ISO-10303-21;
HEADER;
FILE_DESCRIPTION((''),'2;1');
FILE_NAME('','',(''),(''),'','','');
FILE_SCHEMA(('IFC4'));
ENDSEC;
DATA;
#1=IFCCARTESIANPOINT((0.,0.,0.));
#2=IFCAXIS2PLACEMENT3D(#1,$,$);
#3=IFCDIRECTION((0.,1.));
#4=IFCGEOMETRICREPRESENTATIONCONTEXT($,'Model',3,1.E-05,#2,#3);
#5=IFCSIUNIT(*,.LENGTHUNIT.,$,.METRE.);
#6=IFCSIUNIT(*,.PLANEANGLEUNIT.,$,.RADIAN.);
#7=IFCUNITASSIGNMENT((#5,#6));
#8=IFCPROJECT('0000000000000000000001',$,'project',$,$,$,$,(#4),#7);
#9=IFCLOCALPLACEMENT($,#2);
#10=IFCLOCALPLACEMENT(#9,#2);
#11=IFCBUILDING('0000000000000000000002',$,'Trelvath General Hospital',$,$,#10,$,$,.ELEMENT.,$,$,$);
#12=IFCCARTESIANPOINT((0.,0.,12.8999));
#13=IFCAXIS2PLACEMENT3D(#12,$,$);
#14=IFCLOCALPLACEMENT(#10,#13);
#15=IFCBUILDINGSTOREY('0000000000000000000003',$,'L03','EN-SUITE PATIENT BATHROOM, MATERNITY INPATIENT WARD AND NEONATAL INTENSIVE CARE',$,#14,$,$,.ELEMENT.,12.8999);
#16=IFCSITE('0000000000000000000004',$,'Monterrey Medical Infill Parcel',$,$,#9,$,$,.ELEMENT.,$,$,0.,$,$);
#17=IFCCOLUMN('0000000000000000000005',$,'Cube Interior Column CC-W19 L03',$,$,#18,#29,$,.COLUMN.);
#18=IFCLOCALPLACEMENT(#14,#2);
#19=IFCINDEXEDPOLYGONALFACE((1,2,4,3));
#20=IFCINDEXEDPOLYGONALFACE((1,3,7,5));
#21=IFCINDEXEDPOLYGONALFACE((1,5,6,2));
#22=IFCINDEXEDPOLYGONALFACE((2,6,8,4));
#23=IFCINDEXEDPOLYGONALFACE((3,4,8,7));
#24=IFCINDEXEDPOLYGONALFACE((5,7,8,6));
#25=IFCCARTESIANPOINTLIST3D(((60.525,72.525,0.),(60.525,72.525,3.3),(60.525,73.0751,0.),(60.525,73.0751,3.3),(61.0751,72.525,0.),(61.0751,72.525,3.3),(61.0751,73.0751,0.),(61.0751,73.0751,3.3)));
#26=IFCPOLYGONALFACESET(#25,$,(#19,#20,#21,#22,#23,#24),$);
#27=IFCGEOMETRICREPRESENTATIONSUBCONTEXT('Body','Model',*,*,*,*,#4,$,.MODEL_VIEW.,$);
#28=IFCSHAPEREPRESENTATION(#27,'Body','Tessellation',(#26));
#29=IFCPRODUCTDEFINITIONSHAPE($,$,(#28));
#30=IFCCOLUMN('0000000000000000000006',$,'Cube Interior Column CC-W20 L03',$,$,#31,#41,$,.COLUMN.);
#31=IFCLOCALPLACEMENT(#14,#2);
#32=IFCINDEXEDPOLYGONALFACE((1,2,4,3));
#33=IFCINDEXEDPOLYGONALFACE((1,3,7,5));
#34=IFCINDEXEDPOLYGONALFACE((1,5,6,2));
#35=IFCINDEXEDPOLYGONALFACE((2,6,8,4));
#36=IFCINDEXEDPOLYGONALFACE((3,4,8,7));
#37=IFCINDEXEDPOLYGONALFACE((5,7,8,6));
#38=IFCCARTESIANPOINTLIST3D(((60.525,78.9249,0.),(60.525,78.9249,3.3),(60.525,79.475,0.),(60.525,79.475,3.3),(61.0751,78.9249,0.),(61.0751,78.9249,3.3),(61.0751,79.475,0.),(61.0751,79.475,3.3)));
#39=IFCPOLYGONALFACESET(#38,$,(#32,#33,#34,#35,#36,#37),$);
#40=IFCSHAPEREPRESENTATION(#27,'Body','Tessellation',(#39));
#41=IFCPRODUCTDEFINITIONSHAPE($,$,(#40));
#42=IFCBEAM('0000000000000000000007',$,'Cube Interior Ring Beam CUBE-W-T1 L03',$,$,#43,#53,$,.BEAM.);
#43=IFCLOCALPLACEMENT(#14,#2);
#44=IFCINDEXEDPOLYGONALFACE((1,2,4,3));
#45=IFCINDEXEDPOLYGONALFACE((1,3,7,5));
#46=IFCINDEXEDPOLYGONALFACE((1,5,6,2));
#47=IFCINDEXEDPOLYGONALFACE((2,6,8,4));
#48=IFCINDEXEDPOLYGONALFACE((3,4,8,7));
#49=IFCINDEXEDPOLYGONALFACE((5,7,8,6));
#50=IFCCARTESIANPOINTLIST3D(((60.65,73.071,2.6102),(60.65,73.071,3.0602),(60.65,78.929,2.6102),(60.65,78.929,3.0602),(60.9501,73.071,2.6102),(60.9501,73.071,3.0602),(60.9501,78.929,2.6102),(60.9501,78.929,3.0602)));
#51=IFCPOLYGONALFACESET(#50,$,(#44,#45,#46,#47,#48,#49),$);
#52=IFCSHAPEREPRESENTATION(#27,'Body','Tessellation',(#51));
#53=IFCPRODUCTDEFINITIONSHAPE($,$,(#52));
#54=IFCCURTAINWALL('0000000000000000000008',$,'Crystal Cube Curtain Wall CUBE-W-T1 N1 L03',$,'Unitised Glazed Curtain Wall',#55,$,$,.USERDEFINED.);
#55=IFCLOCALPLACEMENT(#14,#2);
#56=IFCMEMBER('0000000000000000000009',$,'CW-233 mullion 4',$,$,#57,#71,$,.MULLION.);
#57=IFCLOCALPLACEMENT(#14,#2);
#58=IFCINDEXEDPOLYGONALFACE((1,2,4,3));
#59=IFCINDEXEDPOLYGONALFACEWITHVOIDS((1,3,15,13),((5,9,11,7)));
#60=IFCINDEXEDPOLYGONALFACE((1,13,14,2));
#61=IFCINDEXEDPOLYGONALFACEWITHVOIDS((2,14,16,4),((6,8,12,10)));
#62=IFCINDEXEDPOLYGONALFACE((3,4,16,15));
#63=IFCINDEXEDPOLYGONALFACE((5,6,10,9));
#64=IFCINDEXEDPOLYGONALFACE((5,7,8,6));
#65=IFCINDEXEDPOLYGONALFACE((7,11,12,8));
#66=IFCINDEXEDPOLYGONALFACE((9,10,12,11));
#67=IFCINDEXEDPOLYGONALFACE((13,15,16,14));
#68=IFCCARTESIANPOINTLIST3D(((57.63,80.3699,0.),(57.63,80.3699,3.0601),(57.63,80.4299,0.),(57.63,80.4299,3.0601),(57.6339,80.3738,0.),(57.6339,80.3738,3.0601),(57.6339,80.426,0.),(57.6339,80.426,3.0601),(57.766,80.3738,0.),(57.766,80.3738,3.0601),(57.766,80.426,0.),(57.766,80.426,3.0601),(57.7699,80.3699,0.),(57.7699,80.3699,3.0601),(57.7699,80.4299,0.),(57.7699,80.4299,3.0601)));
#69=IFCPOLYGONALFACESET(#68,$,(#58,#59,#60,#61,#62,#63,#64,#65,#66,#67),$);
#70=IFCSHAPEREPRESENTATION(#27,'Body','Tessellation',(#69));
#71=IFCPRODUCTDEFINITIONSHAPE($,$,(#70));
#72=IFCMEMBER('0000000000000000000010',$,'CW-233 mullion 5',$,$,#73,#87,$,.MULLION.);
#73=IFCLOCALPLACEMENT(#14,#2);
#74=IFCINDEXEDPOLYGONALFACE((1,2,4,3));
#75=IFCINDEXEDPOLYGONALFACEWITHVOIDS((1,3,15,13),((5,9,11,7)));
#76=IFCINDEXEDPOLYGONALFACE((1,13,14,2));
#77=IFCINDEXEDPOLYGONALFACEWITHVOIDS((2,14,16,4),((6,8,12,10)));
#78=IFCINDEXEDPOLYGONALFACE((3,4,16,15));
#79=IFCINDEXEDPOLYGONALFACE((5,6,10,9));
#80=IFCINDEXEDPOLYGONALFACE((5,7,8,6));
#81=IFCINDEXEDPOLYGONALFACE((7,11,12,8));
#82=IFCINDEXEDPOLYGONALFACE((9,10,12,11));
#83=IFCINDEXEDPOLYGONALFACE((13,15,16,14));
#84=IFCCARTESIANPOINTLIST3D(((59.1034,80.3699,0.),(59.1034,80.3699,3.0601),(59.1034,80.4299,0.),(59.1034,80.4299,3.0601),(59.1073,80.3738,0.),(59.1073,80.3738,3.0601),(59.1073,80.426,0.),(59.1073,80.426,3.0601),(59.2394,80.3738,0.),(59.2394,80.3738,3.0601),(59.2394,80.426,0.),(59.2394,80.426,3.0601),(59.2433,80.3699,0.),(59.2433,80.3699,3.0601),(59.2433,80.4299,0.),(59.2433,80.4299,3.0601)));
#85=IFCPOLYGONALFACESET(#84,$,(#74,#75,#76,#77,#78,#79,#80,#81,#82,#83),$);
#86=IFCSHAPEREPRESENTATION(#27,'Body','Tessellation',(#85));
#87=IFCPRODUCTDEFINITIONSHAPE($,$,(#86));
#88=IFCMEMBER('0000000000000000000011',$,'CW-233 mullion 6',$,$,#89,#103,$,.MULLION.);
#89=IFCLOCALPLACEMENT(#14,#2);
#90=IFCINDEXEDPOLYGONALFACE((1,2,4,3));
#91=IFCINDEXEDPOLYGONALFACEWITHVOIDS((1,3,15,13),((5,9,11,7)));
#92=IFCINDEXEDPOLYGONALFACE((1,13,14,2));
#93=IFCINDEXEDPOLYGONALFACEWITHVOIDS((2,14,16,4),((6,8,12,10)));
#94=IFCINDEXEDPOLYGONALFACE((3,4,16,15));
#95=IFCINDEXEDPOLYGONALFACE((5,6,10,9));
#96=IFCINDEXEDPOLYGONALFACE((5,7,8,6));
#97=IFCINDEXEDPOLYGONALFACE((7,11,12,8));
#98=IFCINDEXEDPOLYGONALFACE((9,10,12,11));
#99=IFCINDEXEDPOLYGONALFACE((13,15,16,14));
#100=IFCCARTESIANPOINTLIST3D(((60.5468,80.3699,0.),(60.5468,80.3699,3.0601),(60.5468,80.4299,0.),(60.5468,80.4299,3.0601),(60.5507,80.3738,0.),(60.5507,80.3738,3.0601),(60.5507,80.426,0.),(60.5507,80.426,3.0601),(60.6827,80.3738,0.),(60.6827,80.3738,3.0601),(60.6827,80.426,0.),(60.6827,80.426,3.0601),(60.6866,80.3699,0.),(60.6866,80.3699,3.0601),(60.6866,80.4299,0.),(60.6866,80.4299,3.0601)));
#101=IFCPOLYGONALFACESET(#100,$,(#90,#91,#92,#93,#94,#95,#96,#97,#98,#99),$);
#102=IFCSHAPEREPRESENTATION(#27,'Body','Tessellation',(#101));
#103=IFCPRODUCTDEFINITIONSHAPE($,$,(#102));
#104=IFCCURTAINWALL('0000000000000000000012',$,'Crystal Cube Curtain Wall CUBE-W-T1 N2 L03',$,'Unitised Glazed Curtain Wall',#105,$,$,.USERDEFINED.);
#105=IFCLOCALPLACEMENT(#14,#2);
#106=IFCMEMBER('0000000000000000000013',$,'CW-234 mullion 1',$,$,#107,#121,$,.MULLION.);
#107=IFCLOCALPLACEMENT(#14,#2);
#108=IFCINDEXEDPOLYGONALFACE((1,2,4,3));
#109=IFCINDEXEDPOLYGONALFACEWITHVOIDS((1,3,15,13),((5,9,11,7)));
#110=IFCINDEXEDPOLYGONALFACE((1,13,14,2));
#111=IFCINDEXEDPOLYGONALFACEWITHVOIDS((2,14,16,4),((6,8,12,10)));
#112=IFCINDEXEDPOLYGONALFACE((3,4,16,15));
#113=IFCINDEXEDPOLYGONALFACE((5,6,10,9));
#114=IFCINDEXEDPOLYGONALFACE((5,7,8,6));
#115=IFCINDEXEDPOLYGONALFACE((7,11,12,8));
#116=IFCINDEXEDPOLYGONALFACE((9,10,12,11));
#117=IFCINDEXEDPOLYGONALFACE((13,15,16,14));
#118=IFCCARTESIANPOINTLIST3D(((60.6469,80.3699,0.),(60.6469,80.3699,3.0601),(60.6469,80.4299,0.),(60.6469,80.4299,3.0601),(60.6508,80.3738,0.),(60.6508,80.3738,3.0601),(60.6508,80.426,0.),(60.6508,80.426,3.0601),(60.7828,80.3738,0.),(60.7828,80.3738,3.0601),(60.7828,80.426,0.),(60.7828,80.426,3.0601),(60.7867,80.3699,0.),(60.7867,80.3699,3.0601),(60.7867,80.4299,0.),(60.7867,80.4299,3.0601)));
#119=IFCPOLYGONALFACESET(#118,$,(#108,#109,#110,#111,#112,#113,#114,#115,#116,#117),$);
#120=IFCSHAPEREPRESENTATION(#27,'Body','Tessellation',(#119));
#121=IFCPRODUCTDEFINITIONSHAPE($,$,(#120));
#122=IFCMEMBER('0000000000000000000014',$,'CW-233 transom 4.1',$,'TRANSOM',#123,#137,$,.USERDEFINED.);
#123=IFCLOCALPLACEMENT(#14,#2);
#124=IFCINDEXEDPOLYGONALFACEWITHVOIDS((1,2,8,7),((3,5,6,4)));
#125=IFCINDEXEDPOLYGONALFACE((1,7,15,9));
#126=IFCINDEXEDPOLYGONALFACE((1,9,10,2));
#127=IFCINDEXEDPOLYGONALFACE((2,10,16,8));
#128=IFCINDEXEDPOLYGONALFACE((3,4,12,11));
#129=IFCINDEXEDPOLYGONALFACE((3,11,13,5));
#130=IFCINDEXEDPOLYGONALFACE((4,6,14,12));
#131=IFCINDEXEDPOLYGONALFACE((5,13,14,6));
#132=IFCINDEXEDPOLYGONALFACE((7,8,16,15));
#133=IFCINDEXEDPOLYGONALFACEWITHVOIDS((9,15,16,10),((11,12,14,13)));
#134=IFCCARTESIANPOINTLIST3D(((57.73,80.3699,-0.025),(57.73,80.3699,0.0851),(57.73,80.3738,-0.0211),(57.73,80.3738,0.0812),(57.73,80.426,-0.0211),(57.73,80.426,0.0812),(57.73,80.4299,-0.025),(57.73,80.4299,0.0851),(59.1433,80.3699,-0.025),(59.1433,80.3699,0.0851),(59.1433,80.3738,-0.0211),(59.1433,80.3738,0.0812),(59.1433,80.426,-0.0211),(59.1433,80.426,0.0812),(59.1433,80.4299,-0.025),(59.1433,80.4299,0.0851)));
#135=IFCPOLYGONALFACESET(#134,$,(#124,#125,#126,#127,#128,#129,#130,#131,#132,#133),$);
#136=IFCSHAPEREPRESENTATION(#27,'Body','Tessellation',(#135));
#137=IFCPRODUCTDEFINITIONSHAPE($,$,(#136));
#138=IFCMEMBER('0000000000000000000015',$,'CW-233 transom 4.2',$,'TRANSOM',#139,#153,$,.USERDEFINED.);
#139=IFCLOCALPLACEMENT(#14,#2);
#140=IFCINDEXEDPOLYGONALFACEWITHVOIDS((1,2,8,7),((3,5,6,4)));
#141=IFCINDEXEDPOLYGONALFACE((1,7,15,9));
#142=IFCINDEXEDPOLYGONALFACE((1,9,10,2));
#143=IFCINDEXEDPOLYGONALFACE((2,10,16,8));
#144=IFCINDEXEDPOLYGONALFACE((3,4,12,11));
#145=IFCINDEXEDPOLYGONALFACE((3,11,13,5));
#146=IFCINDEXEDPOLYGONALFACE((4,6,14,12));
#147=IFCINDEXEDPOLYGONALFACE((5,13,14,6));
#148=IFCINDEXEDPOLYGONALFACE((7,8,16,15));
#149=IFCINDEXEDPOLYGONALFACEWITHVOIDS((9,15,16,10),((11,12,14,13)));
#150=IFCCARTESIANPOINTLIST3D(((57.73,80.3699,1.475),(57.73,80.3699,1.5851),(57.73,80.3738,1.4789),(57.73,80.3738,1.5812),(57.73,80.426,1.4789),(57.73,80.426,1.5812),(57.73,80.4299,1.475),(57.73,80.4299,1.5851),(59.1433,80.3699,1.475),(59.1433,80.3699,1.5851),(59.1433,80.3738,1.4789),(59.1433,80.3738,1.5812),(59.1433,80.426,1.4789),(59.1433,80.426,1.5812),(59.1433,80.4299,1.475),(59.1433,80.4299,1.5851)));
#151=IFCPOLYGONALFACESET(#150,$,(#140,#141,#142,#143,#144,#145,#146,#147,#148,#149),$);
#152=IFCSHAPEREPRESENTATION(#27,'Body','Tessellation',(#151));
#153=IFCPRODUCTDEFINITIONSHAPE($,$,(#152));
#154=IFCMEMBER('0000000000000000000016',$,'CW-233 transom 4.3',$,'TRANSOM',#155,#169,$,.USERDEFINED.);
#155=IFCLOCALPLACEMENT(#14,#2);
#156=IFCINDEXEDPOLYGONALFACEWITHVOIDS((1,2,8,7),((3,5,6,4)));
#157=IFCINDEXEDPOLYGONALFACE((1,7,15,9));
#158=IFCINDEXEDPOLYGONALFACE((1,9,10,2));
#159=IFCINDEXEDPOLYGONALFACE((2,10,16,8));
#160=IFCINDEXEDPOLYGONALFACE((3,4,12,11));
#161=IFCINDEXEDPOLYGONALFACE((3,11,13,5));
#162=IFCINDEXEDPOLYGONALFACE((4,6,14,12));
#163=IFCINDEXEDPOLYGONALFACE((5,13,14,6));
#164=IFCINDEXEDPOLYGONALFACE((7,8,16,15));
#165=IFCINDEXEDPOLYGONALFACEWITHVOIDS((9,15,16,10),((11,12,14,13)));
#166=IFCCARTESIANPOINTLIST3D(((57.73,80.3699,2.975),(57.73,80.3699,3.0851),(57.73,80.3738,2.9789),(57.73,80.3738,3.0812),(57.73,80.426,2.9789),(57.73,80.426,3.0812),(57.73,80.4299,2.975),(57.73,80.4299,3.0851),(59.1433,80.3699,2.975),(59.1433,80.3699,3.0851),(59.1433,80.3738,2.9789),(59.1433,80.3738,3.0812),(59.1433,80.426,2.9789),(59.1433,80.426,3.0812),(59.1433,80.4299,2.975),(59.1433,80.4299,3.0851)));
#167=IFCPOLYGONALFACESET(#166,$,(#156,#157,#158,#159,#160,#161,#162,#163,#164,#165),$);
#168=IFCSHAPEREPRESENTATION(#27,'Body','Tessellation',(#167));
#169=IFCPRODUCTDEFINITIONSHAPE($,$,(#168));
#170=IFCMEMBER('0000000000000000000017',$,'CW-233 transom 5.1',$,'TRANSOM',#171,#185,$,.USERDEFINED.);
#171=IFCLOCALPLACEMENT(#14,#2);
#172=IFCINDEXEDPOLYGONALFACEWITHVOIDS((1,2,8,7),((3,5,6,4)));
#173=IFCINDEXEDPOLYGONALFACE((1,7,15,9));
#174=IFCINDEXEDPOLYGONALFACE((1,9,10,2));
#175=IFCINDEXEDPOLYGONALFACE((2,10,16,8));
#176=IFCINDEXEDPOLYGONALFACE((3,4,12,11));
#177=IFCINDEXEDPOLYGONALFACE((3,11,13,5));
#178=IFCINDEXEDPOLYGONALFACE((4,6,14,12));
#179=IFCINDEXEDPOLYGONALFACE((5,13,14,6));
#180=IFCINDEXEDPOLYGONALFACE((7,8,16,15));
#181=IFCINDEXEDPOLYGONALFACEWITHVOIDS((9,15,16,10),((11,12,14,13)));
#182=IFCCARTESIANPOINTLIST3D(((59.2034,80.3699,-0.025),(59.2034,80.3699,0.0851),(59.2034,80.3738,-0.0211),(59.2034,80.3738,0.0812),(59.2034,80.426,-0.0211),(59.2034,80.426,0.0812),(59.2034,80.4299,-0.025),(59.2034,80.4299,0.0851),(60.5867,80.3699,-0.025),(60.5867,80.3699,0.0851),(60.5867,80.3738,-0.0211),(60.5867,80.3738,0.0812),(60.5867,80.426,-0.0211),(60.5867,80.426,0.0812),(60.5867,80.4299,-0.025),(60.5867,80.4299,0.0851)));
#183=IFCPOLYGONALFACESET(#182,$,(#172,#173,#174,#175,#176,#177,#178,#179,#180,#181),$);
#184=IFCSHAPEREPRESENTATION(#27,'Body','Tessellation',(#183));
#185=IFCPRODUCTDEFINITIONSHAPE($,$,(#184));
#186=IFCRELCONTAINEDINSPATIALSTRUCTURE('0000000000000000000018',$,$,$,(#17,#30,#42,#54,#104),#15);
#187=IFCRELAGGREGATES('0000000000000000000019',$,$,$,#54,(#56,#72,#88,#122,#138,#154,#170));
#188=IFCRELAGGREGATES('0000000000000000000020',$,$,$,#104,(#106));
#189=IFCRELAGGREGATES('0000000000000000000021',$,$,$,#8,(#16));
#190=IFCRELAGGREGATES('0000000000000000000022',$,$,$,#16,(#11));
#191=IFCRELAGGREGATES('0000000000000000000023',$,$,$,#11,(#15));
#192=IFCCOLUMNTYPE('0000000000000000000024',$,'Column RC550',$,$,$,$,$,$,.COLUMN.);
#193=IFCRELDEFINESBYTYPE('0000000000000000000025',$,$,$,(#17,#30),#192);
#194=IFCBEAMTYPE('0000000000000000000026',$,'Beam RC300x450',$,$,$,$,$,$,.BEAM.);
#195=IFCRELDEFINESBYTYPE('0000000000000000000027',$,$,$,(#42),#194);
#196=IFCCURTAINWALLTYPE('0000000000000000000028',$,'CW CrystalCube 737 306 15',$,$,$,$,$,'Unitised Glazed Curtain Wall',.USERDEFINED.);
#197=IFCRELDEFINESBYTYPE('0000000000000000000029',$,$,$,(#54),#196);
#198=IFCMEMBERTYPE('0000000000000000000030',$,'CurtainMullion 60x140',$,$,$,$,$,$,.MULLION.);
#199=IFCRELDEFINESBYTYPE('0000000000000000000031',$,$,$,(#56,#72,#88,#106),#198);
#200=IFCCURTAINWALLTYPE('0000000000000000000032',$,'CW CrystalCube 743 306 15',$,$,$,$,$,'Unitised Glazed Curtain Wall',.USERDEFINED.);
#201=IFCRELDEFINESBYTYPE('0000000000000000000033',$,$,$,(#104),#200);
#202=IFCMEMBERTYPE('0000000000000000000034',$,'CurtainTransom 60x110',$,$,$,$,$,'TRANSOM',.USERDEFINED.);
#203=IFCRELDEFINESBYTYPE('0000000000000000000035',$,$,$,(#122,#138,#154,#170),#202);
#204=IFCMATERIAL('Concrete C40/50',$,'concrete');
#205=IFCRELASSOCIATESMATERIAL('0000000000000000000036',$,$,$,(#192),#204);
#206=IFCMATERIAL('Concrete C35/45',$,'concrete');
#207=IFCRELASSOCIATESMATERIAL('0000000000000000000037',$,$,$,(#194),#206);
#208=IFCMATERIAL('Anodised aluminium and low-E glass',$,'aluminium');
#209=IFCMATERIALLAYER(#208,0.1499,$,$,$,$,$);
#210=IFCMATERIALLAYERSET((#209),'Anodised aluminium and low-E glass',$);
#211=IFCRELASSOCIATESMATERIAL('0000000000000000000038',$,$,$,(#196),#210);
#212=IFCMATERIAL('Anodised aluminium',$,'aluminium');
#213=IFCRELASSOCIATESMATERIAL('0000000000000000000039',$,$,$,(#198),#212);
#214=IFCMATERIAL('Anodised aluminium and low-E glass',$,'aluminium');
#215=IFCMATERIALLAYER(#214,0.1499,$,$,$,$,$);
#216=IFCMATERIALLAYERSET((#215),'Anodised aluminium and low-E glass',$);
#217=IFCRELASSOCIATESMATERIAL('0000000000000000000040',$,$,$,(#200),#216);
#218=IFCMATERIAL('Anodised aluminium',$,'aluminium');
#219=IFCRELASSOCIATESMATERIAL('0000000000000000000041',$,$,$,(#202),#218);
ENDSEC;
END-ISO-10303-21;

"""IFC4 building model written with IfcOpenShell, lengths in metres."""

from ifc_helpers import new_model, si_unit, direction, frame, origin, origin_2d, place, context, subcontext, project, spatial, rectangle, hollow_rectangle, extrude, material, layer, layer_set, material_profile, profile_set, type_object, element, aggregate, save


model = new_model("IFC4")

# Units and contexts
model_context = context("Model", 3, precision=1e-05, world=origin(), true_north=direction((0.0, 1.0)))
body_context = subcontext(model_context, "Body", "Model", "MODEL_VIEW")
ifc_project = project(units=[si_unit("LENGTHUNIT", "METRE"), si_unit("PLANEANGLEUNIT", "RADIAN")], contexts=[model_context])

# Site, building, storey
site_placement = place(None, origin())
site = spatial("IfcSite", under=ifc_project, at=site_placement, Name="Monterrey Medical Infill Parcel", CompositionType="ELEMENT", RefElevation=0.0)
building_placement = place(site_placement, origin())
building = spatial("IfcBuilding", under=site, at=building_placement, Name="Trelvath General Hospital", CompositionType="ELEMENT")
storey_placement = place(building_placement, frame((0.0, 0.0, 12.8999)))
storey = spatial("IfcBuildingStorey", under=building, at=storey_placement, Name="L03", Description="EN-SUITE PATIENT BATHROOM, MATERNITY INPATIENT WARD AND NEONATAL INTENSIVE CARE", CompositionType="ELEMENT", Elevation=12.8999)

# Columns
ifc_material_1 = material(Name="Concrete C40/50", Category="concrete")
ifc_material_profile_1 = material_profile(ifc_material_1, rectangle(XDim=0.55, YDim=0.55, at=origin_2d()), Name="RC550x550")
ifc_profile_set_1 = profile_set([ifc_material_profile_1], Name="Concrete C40/50")
column_type = type_object("IfcColumnType", Name="Column RC550", PredefinedType="COLUMN", material=ifc_profile_set_1)
for number, where, z_axis, x_axis, name in (
    (1, (60.8, 72.8, 0.0), (0.0, 0.0, 1.0), (1.0, 0.0, 0.0), "Cube Interior Column CC-W19 L03"),
    (2, (60.8, 79.2, 0.0), (0.0, 0.0, 1.0), (1.0, 0.0, 0.0), "Cube Interior Column CC-W20 L03"),
):
    element("IfcColumn", number, at=place(storey_placement, frame(where, z_axis=z_axis, x_axis=x_axis)), inside=storey, type_object=column_type, Name=name, PredefinedType="COLUMN", context=body_context, shape_type="SweptSolid", body=[
        extrude(rectangle(XDim=0.55, YDim=0.55, at=origin_2d()), origin(), (0.0, 0.0, 1.0), 3.3),
    ])

# Beam
ifc_material_2 = material(Name="Concrete C35/45", Category="concrete")
ifc_material_profile_2 = material_profile(ifc_material_2, rectangle(XDim=0.3, YDim=0.45, at=origin_2d()), Name="RCB300x450")
ifc_profile_set_2 = profile_set([ifc_material_profile_2], Name="Concrete C35/45")
beam_type = type_object("IfcBeamType", Name="Beam RC300x450", PredefinedType="BEAM", material=ifc_profile_set_2)
beam_placement = place(storey_placement, frame((60.8, 73.071, 2.8352), z_axis=(0.0, 1.0, 0.0), x_axis=(-1.0, 0.0, 0.0)))
element("IfcBeam", 3, at=beam_placement, inside=storey, type_object=beam_type, Name="Cube Interior Ring Beam CUBE-W-T1 L03", PredefinedType="BEAM", context=body_context, shape_type="SweptSolid", body=[
    extrude(rectangle(XDim=0.3, YDim=0.45, at=origin_2d()), origin(), (0.0, 0.0, 1.0), 5.8579),
])

# Curtain wall, members
ifc_material_3 = material(Name="Anodised aluminium and low-E glass", Category="aluminium")
ifc_layer_1 = layer(ifc_material_3, 0.1499)
ifc_layer_set_1 = layer_set([ifc_layer_1], Name="Anodised aluminium and low-E glass")
curtain_wall_type_1 = type_object("IfcCurtainWallType", Name="CW CrystalCube 737 306 15", ElementType="Unitised Glazed Curtain Wall", PredefinedType="USERDEFINED", material=ifc_layer_set_1)
curtain_wall_1_placement = place(storey_placement, origin())
curtain_wall_1 = element("IfcCurtainWall", 4, at=curtain_wall_1_placement, inside=storey, type_object=curtain_wall_type_1, Name="Crystal Cube Curtain Wall CUBE-W-T1 N1 L03", ObjectType="Unitised Glazed Curtain Wall", PredefinedType="USERDEFINED")
ifc_material_4 = material(Name="Anodised aluminium", Category="aluminium")
ifc_material_profile_3 = material_profile(ifc_material_4, hollow_rectangle(XDim=0.0601, YDim=0.1399, WallThickness=0.0039, at=origin_2d()), Name="RHS60x140x4")
ifc_profile_set_3 = profile_set([ifc_material_profile_3], Name="Anodised aluminium")
member_type_1 = type_object("IfcMemberType", Name="CurtainMullion 60x140", PredefinedType="MULLION", material=ifc_profile_set_3)
member_1_placement = place(storey_placement, frame((57.7, 80.3999, 0.0), z_axis=(0.0, 0.0, 1.0), x_axis=(0.0, 1.0, 0.0)))
member_1 = element("IfcMember", 5, at=member_1_placement, type_object=member_type_1, Name="CW-233 mullion 4", PredefinedType="MULLION", context=body_context, shape_type="SweptSolid", body=[
    extrude(hollow_rectangle(XDim=0.0601, YDim=0.1399, WallThickness=0.0039, at=origin_2d()), origin(), (0.0, 0.0, 1.0), 3.0601),
])
member_2_placement = place(storey_placement, frame((59.1733, 80.3999, 0.0), z_axis=(0.0, 0.0, 1.0), x_axis=(0.0, 1.0, 0.0)))
member_2 = element("IfcMember", 6, at=member_2_placement, type_object=member_type_1, Name="CW-233 mullion 5", PredefinedType="MULLION", context=body_context, shape_type="SweptSolid", body=[
    extrude(hollow_rectangle(XDim=0.0601, YDim=0.1399, WallThickness=0.0039, at=origin_2d()), origin(), (0.0, 0.0, 1.0), 3.0601),
])
member_3_placement = place(storey_placement, frame((60.6167, 80.3999, 0.0), z_axis=(0.0, 0.0, 1.0), x_axis=(0.0, 1.0, 0.0)))
member_3 = element("IfcMember", 7, at=member_3_placement, type_object=member_type_1, Name="CW-233 mullion 6", PredefinedType="MULLION", context=body_context, shape_type="SweptSolid", body=[
    extrude(hollow_rectangle(XDim=0.0601, YDim=0.1399, WallThickness=0.0039, at=origin_2d()), origin(), (0.0, 0.0, 1.0), 3.0601),
])

# Curtain wall, member
ifc_material_5 = material(Name="Anodised aluminium and low-E glass", Category="aluminium")
ifc_layer_2 = layer(ifc_material_5, 0.1499)
ifc_layer_set_2 = layer_set([ifc_layer_2], Name="Anodised aluminium and low-E glass")
curtain_wall_type_2 = type_object("IfcCurtainWallType", Name="CW CrystalCube 743 306 15", ElementType="Unitised Glazed Curtain Wall", PredefinedType="USERDEFINED", material=ifc_layer_set_2)
curtain_wall_2_placement = place(storey_placement, origin())
curtain_wall_2 = element("IfcCurtainWall", 8, at=curtain_wall_2_placement, inside=storey, type_object=curtain_wall_type_2, Name="Crystal Cube Curtain Wall CUBE-W-T1 N2 L03", ObjectType="Unitised Glazed Curtain Wall", PredefinedType="USERDEFINED")
member_4_placement = place(storey_placement, frame((60.7168, 80.3999, 0.0), z_axis=(0.0, 0.0, 1.0), x_axis=(0.0, 1.0, 0.0)))
member_4 = element("IfcMember", 9, at=member_4_placement, type_object=member_type_1, Name="CW-234 mullion 1", PredefinedType="MULLION", context=body_context, shape_type="SweptSolid", body=[
    extrude(hollow_rectangle(XDim=0.0601, YDim=0.1399, WallThickness=0.0039, at=origin_2d()), origin(), (0.0, 0.0, 1.0), 3.0601),
])

# Members
ifc_material_6 = material(Name="Anodised aluminium", Category="aluminium")
ifc_material_profile_4 = material_profile(ifc_material_6, hollow_rectangle(XDim=0.0601, YDim=0.1101, WallThickness=0.0039, at=origin_2d()), Name="RHS60x110x4")
ifc_profile_set_4 = profile_set([ifc_material_profile_4], Name="Anodised aluminium")
member_type_2 = type_object("IfcMemberType", Name="CurtainTransom 60x110", ElementType="TRANSOM", PredefinedType="USERDEFINED", material=ifc_profile_set_4)
member_5_placement = place(storey_placement, frame((57.73, 80.3999, 0.03), z_axis=(1.0, 0.0, 0.0), x_axis=(0.0, 1.0, 0.0)))
member_5 = element("IfcMember", 10, at=member_5_placement, type_object=member_type_2, Name="CW-233 transom 4.1", ObjectType="TRANSOM", PredefinedType="USERDEFINED", context=body_context, shape_type="SweptSolid", body=[
    extrude(hollow_rectangle(XDim=0.0601, YDim=0.1101, WallThickness=0.0039, at=origin_2d()), origin(), (0.0, 0.0, 1.0), 1.4133),
])
member_6_placement = place(storey_placement, frame((57.73, 80.3999, 1.53), z_axis=(1.0, 0.0, 0.0), x_axis=(0.0, 1.0, 0.0)))
member_6 = element("IfcMember", 11, at=member_6_placement, type_object=member_type_2, Name="CW-233 transom 4.2", ObjectType="TRANSOM", PredefinedType="USERDEFINED", context=body_context, shape_type="SweptSolid", body=[
    extrude(hollow_rectangle(XDim=0.0601, YDim=0.1101, WallThickness=0.0039, at=origin_2d()), origin(), (0.0, 0.0, 1.0), 1.4133),
])
member_7_placement = place(storey_placement, frame((57.73, 80.3999, 3.03), z_axis=(1.0, 0.0, 0.0), x_axis=(0.0, 1.0, 0.0)))
member_7 = element("IfcMember", 12, at=member_7_placement, type_object=member_type_2, Name="CW-233 transom 4.3", ObjectType="TRANSOM", PredefinedType="USERDEFINED", context=body_context, shape_type="SweptSolid", body=[
    extrude(hollow_rectangle(XDim=0.0601, YDim=0.1101, WallThickness=0.0039, at=origin_2d()), origin(), (0.0, 0.0, 1.0), 1.4133),
])
member_8_placement = place(storey_placement, frame((59.2034, 80.3999, 0.03), z_axis=(1.0, 0.0, 0.0), x_axis=(0.0, 1.0, 0.0)))
member_8 = element("IfcMember", 13, at=member_8_placement, type_object=member_type_2, Name="CW-233 transom 5.1", ObjectType="TRANSOM", PredefinedType="USERDEFINED", context=body_context, shape_type="SweptSolid", body=[
    extrude(hollow_rectangle(XDim=0.0601, YDim=0.1101, WallThickness=0.0039, at=origin_2d()), origin(), (0.0, 0.0, 1.0), 1.3833),
])

aggregate(curtain_wall_1, [member_1, member_2, member_3, member_5, member_6, member_7, member_8])
aggregate(curtain_wall_2, [member_4])

save(model, "model.ifc")
